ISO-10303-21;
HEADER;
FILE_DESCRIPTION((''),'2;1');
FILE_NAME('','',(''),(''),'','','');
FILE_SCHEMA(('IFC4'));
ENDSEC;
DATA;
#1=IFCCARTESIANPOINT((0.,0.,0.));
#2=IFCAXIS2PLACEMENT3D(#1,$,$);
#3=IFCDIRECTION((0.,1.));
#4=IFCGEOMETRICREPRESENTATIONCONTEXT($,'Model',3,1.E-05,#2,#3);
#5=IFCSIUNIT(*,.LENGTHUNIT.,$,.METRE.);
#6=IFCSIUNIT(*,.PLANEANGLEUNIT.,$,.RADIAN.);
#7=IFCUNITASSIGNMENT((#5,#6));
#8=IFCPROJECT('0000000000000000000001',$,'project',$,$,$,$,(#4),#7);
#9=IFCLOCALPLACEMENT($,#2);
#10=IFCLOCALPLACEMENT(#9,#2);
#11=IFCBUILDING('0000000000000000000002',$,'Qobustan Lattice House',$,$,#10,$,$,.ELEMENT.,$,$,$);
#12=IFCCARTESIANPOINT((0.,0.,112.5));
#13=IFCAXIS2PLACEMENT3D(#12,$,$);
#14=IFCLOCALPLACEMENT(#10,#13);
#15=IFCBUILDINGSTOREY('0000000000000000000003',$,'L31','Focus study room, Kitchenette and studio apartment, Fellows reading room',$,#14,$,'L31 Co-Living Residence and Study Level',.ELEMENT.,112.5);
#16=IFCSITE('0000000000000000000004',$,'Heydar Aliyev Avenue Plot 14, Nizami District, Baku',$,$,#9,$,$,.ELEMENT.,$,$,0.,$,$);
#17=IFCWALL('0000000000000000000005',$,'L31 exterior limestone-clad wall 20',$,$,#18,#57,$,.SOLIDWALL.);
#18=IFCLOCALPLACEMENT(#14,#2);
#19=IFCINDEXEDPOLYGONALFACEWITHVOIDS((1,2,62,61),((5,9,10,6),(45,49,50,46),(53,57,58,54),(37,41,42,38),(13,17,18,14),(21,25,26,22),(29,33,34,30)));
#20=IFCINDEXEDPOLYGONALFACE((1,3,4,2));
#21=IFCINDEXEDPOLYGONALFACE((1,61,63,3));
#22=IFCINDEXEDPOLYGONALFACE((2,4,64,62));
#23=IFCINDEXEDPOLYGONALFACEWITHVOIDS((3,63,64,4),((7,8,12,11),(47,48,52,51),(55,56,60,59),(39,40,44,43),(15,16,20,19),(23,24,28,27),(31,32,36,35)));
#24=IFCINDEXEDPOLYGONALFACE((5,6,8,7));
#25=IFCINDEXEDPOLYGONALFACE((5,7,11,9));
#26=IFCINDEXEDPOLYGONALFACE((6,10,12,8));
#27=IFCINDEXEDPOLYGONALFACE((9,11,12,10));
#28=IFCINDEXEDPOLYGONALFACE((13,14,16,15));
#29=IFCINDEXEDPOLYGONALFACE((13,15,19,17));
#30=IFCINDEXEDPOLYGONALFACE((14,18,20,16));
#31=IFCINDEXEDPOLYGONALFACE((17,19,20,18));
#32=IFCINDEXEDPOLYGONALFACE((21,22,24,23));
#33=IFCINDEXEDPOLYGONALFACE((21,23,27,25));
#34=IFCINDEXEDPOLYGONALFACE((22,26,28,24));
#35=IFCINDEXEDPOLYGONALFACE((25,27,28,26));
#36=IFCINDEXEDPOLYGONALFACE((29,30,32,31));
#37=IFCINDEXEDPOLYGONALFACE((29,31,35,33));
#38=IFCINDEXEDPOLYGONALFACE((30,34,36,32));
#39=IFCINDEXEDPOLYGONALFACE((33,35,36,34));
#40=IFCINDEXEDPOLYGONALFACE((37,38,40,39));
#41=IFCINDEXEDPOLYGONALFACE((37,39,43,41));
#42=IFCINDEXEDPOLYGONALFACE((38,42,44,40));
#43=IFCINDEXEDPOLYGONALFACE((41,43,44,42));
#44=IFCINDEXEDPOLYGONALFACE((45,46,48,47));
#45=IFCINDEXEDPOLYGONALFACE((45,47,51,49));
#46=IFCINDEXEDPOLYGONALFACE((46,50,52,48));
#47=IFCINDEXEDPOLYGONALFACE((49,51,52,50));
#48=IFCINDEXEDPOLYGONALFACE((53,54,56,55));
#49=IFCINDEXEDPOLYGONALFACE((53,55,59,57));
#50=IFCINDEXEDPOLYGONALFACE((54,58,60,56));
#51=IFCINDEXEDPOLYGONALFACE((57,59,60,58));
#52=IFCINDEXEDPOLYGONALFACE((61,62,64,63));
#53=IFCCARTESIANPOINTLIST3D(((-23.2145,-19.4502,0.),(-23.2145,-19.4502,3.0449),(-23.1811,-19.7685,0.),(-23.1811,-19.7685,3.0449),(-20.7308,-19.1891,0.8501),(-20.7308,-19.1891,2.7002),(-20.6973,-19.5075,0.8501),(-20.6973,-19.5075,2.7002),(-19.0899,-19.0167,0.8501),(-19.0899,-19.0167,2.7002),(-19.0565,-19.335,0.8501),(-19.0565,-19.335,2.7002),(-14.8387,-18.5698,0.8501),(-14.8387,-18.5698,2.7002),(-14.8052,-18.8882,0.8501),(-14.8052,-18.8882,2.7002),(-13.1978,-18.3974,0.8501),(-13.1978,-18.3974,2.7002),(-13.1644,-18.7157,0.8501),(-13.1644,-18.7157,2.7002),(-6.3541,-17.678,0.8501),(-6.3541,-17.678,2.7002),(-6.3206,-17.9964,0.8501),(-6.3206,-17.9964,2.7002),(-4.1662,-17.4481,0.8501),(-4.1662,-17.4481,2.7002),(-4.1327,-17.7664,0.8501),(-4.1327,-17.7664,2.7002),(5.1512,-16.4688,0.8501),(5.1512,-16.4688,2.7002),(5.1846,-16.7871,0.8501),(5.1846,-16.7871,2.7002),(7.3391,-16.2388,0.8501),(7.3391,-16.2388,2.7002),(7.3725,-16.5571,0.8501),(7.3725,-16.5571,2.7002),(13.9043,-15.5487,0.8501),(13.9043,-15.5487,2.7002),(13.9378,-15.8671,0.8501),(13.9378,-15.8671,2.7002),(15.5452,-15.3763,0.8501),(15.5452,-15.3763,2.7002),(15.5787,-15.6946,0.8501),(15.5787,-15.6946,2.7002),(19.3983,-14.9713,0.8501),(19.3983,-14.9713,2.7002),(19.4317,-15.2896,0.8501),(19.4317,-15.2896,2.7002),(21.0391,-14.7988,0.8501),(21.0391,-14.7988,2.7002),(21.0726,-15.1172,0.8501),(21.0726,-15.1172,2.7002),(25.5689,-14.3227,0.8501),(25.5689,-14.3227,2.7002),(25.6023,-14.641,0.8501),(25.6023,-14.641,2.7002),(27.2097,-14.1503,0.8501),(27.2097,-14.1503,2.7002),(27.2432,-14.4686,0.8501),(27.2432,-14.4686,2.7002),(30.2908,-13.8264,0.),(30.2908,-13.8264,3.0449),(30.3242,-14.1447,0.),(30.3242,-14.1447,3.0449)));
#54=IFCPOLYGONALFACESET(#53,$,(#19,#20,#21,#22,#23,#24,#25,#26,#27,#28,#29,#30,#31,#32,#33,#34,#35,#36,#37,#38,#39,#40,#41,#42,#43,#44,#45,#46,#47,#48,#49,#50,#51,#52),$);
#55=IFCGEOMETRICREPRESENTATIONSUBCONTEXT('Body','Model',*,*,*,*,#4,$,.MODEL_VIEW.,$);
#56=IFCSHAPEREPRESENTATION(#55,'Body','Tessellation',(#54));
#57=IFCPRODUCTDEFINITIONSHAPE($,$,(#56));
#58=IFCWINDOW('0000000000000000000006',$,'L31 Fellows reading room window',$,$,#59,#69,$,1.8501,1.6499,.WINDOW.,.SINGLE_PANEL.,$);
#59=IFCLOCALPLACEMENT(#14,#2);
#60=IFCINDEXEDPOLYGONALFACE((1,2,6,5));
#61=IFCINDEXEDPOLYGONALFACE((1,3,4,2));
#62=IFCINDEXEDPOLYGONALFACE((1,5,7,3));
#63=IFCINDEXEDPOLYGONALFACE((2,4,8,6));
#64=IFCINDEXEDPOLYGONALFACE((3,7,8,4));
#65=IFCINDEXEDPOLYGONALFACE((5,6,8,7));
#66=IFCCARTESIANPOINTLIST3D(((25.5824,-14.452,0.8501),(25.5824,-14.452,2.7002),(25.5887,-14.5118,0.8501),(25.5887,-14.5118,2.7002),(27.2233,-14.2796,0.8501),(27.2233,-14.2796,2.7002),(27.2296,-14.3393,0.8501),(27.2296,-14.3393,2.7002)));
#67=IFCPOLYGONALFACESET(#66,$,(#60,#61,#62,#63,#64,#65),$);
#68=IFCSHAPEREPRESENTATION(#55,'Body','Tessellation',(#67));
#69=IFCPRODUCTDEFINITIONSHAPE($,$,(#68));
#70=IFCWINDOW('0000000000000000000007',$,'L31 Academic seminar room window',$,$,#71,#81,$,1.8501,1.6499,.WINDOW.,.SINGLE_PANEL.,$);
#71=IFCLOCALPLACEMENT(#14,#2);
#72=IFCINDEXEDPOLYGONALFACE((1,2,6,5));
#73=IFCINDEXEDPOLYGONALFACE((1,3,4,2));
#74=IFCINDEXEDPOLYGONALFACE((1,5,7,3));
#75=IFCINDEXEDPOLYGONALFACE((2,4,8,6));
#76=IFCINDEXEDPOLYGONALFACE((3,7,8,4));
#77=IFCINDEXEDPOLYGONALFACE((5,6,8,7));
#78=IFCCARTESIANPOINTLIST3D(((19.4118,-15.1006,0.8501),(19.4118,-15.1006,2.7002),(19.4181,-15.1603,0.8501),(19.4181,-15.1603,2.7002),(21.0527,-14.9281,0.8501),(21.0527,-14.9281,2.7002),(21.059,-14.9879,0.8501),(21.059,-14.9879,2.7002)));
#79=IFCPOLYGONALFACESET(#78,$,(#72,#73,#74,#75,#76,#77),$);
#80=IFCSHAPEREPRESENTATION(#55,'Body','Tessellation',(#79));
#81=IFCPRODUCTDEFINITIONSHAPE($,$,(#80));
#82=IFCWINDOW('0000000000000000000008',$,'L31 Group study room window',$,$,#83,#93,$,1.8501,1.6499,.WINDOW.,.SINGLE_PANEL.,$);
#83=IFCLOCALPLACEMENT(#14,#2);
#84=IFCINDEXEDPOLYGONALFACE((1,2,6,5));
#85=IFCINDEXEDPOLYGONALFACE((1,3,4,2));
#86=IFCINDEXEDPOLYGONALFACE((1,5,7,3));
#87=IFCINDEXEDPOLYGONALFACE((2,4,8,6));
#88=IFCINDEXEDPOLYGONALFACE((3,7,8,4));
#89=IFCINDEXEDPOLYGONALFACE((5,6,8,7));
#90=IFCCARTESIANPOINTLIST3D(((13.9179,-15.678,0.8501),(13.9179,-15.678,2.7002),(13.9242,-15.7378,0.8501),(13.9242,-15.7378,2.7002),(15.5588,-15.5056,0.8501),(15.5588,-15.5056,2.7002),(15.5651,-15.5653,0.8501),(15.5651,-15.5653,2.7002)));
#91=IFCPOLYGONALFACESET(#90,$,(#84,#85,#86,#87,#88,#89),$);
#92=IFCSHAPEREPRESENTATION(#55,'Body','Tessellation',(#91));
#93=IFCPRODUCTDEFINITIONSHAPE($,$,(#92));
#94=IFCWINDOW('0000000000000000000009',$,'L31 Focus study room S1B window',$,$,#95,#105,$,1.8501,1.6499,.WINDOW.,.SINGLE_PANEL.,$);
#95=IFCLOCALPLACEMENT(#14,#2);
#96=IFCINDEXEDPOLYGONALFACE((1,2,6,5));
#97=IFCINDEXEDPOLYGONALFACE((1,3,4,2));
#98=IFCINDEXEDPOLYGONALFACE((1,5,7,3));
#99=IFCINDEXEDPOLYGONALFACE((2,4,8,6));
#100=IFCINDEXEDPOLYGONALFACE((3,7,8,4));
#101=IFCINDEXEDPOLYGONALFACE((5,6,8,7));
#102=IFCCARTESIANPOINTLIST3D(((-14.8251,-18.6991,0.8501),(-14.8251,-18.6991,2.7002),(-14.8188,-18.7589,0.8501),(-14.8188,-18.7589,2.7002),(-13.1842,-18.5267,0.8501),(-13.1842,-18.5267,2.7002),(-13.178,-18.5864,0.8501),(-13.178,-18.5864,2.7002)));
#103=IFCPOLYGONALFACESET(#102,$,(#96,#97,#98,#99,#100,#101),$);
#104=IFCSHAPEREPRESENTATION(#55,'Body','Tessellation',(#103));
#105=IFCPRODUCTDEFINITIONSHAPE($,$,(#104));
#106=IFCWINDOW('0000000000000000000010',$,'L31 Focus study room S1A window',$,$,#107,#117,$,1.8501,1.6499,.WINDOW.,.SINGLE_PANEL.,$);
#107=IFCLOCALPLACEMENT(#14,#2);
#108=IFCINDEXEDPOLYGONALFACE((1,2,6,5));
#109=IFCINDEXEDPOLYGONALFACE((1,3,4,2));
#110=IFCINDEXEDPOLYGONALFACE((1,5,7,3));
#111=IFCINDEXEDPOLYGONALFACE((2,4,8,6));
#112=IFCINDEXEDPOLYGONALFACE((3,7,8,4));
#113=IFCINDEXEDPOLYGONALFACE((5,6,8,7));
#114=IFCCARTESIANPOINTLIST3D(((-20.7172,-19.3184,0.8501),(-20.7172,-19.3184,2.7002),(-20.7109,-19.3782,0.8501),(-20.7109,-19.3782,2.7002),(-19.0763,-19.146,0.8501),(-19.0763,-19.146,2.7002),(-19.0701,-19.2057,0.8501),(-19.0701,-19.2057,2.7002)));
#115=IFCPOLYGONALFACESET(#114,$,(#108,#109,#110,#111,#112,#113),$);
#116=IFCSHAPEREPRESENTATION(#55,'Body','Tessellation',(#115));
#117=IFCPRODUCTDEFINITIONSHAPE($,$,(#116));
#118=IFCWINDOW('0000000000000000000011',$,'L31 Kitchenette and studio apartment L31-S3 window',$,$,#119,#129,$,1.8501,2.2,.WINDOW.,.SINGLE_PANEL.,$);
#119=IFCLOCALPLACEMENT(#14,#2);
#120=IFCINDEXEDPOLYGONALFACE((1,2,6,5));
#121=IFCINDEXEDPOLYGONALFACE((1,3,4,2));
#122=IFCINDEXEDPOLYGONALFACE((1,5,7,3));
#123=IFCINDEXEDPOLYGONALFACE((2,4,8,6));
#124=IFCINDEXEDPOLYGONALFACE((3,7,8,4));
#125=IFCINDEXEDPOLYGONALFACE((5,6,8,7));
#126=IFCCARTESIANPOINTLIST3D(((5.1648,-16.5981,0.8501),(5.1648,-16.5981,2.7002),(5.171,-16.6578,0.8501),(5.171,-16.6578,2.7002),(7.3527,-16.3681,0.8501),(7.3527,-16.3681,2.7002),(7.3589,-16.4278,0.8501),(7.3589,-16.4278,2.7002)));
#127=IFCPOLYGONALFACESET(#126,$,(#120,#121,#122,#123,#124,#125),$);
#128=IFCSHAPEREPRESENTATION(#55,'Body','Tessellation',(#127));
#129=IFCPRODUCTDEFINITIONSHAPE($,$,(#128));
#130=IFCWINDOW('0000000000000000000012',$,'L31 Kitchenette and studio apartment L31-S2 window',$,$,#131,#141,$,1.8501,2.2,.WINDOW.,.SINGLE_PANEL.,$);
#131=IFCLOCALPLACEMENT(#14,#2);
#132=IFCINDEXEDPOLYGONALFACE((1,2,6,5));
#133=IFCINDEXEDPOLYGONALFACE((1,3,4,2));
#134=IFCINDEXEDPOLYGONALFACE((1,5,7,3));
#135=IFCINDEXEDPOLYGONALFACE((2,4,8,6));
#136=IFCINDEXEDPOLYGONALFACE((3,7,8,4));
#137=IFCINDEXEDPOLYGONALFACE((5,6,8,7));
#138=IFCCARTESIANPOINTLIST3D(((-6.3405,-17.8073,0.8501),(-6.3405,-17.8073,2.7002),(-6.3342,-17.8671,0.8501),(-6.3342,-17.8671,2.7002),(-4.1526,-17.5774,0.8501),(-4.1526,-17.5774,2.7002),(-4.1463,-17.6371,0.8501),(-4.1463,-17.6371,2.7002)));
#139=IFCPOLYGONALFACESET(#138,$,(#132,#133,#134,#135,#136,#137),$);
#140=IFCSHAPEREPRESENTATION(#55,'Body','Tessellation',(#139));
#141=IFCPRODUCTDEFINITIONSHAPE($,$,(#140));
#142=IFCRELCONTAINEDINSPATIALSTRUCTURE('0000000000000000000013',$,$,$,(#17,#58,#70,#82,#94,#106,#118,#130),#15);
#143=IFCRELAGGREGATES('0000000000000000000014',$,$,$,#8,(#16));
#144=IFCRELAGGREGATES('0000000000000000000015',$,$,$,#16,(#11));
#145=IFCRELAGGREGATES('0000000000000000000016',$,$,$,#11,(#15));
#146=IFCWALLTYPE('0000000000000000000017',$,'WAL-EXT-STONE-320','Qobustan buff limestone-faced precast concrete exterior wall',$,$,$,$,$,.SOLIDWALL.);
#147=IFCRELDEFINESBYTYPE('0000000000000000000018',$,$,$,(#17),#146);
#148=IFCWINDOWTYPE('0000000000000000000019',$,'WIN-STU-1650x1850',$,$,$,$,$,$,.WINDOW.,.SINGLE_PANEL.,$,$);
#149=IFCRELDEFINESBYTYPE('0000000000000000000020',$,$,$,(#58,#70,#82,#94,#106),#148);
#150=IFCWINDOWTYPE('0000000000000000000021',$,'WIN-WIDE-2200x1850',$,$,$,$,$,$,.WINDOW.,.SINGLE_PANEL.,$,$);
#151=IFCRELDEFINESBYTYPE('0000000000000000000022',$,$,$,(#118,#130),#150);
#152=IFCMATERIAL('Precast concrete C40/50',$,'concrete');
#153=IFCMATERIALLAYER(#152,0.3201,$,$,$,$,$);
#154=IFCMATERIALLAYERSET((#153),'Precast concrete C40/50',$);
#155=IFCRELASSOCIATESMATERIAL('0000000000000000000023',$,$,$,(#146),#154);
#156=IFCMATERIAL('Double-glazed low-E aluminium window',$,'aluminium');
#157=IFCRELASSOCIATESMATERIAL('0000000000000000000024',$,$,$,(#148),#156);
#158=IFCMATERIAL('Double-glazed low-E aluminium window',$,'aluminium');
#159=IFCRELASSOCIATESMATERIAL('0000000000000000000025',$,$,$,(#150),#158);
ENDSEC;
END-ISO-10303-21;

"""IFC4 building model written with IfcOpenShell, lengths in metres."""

from ifc_helpers import new_model, si_unit, direction, frame, frame_2d, origin, place, context, subcontext, project, spatial, rectangle, extrude, material, layer, layer_set, type_object, element, fill, save


model = new_model("IFC4")

# Units and contexts
model_context = context("Model", 3, precision=1e-05, world=origin(), true_north=direction((0.0, 1.0)))
body_context = subcontext(model_context, "Body", "Model", "MODEL_VIEW")
ifc_project = project(units=[si_unit("LENGTHUNIT", "METRE"), si_unit("PLANEANGLEUNIT", "RADIAN")], contexts=[model_context])

# Site, building, storey
site_placement = place(None, origin())
site = spatial("IfcSite", under=ifc_project, at=site_placement, Name="Heydar Aliyev Avenue Plot 14, Nizami District, Baku", CompositionType="ELEMENT", RefElevation=0.0)
building_placement = place(site_placement, origin())
building = spatial("IfcBuilding", under=site, at=building_placement, Name="Qobustan Lattice House", CompositionType="ELEMENT")
storey_placement = place(building_placement, frame((0.0, 0.0, 112.5)))
storey = spatial("IfcBuildingStorey", under=building, at=storey_placement, Name="L31", Description="Focus study room, Kitchenette and studio apartment, Fellows reading room", LongName="L31 Co-Living Residence and Study Level", CompositionType="ELEMENT", Elevation=112.5)

# Shared definitions
ifc_material_1 = material(Name="Precast concrete C40/50", Category="concrete")
ifc_layer_1 = layer(ifc_material_1, 0.3201)
ifc_layer_set_1 = layer_set([ifc_layer_1], Name="Precast concrete C40/50")
wall_type = type_object("IfcWallType", Name="WAL-EXT-STONE-320", Description="Qobustan buff limestone-faced precast concrete exterior wall", PredefinedType="SOLIDWALL", material=ifc_layer_set_1)

# Wall, openings, windows
wall_1_placement = place(storey_placement, frame((30.3074, -13.9856, 0.0), z_axis=(0.0, 0.0, 1.0), x_axis=(-0.994522, -0.104531, 0.0)))
wall_1 = element("IfcWall", 1, at=wall_1_placement, inside=storey, type_object=wall_type, Name="L31 exterior limestone-clad wall 20", PredefinedType="SOLIDWALL", context=body_context, shape_type="SweptSolid", body=[
    extrude(rectangle(XDim=53.8, YDim=0.3201, at=frame_2d((26.8999, 0.0))), origin(), (0.0, 0.0, 1.0), 3.0449),
])
opening_1_placement = place(wall_1_placement, frame((3.0979, 0.0, 0.8501)))
opening_1 = element("IfcOpeningElement", 2, at=opening_1_placement, cuts=wall_1, PredefinedType="OPENING", context=body_context, shape_type="SweptSolid", body=[
    extrude(rectangle(XDim=1.6499, YDim=1.8501, at=frame_2d((0.825, 0.925))), frame((0.0, 0.1699, 0.0), z_axis=(0.0, -1.0, 0.0), x_axis=(1.0, 0.0, 0.0)), (0.0, 0.0, 1.0), 0.3401),
])
opening_2_placement = place(wall_1_placement, frame((9.3025, 0.0, 0.8501)))
opening_2 = element("IfcOpeningElement", 3, at=opening_2_placement, cuts=wall_1, PredefinedType="OPENING", context=body_context, shape_type="SweptSolid", body=[
    extrude(rectangle(XDim=1.6499, YDim=1.8501, at=frame_2d((0.825, 0.925))), frame((0.0, 0.1699, 0.0), z_axis=(0.0, -1.0, 0.0), x_axis=(1.0, 0.0, 0.0)), (0.0, 0.0, 1.0), 0.3401),
])
opening_3_placement = place(wall_1_placement, frame((14.8267, 0.0, 0.8501)))
opening_3 = element("IfcOpeningElement", 4, at=opening_3_placement, cuts=wall_1, PredefinedType="OPENING", context=body_context, shape_type="SweptSolid", body=[
    extrude(rectangle(XDim=1.6499, YDim=1.8501, at=frame_2d((0.825, 0.925))), frame((0.0, 0.1699, 0.0), z_axis=(0.0, -1.0, 0.0), x_axis=(1.0, 0.0, 0.0)), (0.0, 0.0, 1.0), 0.3401),
])
opening_4_placement = place(wall_1_placement, frame((23.0779, 0.0, 0.8501)))
opening_4 = element("IfcOpeningElement", 5, at=opening_4_placement, cuts=wall_1, PredefinedType="OPENING", context=body_context, shape_type="SweptSolid", body=[
    extrude(rectangle(XDim=2.2, YDim=1.8501, at=frame_2d((1.1001, 0.925))), frame((0.0, 0.1699, 0.0), z_axis=(0.0, -1.0, 0.0), x_axis=(1.0, 0.0, 0.0)), (0.0, 0.0, 1.0), 0.3401),
])
opening_5_placement = place(wall_1_placement, frame((34.6465, 0.0, 0.8501)))
opening_5 = element("IfcOpeningElement", 6, at=opening_5_placement, cuts=wall_1, PredefinedType="OPENING", context=body_context, shape_type="SweptSolid", body=[
    extrude(rectangle(XDim=2.2, YDim=1.8501, at=frame_2d((1.1001, 0.925))), frame((0.0, 0.1699, 0.0), z_axis=(0.0, -1.0, 0.0), x_axis=(1.0, 0.0, 0.0)), (0.0, 0.0, 1.0), 0.3401),
])
opening_6_placement = place(wall_1_placement, frame((43.728, 0.0, 0.8501)))
opening_6 = element("IfcOpeningElement", 7, at=opening_6_placement, cuts=wall_1, PredefinedType="OPENING", context=body_context, shape_type="SweptSolid", body=[
    extrude(rectangle(XDim=1.6499, YDim=1.8501, at=frame_2d((0.825, 0.925))), frame((0.0, 0.1699, 0.0), z_axis=(0.0, -1.0, 0.0), x_axis=(1.0, 0.0, 0.0)), (0.0, 0.0, 1.0), 0.3401),
])
opening_7_placement = place(wall_1_placement, frame((49.6526, 0.0, 0.8501)))
opening_7 = element("IfcOpeningElement", 8, at=opening_7_placement, cuts=wall_1, PredefinedType="OPENING", context=body_context, shape_type="SweptSolid", body=[
    extrude(rectangle(XDim=1.6499, YDim=1.8501, at=frame_2d((0.825, 0.925))), frame((0.0, 0.1699, 0.0), z_axis=(0.0, -1.0, 0.0), x_axis=(1.0, 0.0, 0.0)), (0.0, 0.0, 1.0), 0.3401),
])
ifc_material_2 = material(Name="Double-glazed low-E aluminium window", Category="aluminium")
window_type_1 = type_object("IfcWindowType", Name="WIN-STU-1650x1850", PartitioningType="SINGLE_PANEL", PredefinedType="WINDOW", material=ifc_material_2)
window_1_placement = place(opening_1_placement, origin())
window_1 = element("IfcWindow", 9, at=window_1_placement, inside=storey, type_object=window_type_1, Name="L31 Fellows reading room window", OverallHeight=1.8501, OverallWidth=1.6499, PartitioningType="SINGLE_PANEL", PredefinedType="WINDOW", context=body_context, shape_type="SweptSolid", body=[
    extrude(rectangle(XDim=1.6499, YDim=1.8501, at=frame_2d((0.825, 0.925))), frame((0.0, 0.03, 0.0), z_axis=(0.0, -1.0, 0.0), x_axis=(1.0, 0.0, 0.0)), (0.0, 0.0, 1.0), 0.0601),
])
fill(opening_1, window_1)
window_2_placement = place(opening_2_placement, origin())
window_2 = element("IfcWindow", 10, at=window_2_placement, inside=storey, type_object=window_type_1, Name="L31 Academic seminar room window", OverallHeight=1.8501, OverallWidth=1.6499, PartitioningType="SINGLE_PANEL", PredefinedType="WINDOW", context=body_context, shape_type="SweptSolid", body=[
    extrude(rectangle(XDim=1.6499, YDim=1.8501, at=frame_2d((0.825, 0.925))), frame((0.0, 0.03, 0.0), z_axis=(0.0, -1.0, 0.0), x_axis=(1.0, 0.0, 0.0)), (0.0, 0.0, 1.0), 0.0601),
])
fill(opening_2, window_2)
window_3_placement = place(opening_3_placement, origin())
window_3 = element("IfcWindow", 11, at=window_3_placement, inside=storey, type_object=window_type_1, Name="L31 Group study room window", OverallHeight=1.8501, OverallWidth=1.6499, PartitioningType="SINGLE_PANEL", PredefinedType="WINDOW", context=body_context, shape_type="SweptSolid", body=[
    extrude(rectangle(XDim=1.6499, YDim=1.8501, at=frame_2d((0.825, 0.925))), frame((0.0, 0.03, 0.0), z_axis=(0.0, -1.0, 0.0), x_axis=(1.0, 0.0, 0.0)), (0.0, 0.0, 1.0), 0.0601),
])
fill(opening_3, window_3)
window_4_placement = place(opening_6_placement, origin())
window_4 = element("IfcWindow", 12, at=window_4_placement, inside=storey, type_object=window_type_1, Name="L31 Focus study room S1B window", OverallHeight=1.8501, OverallWidth=1.6499, PartitioningType="SINGLE_PANEL", PredefinedType="WINDOW", context=body_context, shape_type="SweptSolid", body=[
    extrude(rectangle(XDim=1.6499, YDim=1.8501, at=frame_2d((0.825, 0.925))), frame((0.0, 0.03, 0.0), z_axis=(0.0, -1.0, 0.0), x_axis=(1.0, 0.0, 0.0)), (0.0, 0.0, 1.0), 0.0601),
])
fill(opening_6, window_4)
window_5_placement = place(opening_7_placement, origin())
window_5 = element("IfcWindow", 13, at=window_5_placement, inside=storey, type_object=window_type_1, Name="L31 Focus study room S1A window", OverallHeight=1.8501, OverallWidth=1.6499, PartitioningType="SINGLE_PANEL", PredefinedType="WINDOW", context=body_context, shape_type="SweptSolid", body=[
    extrude(rectangle(XDim=1.6499, YDim=1.8501, at=frame_2d((0.825, 0.925))), frame((0.0, 0.03, 0.0), z_axis=(0.0, -1.0, 0.0), x_axis=(1.0, 0.0, 0.0)), (0.0, 0.0, 1.0), 0.0601),
])
fill(opening_7, window_5)
ifc_material_3 = material(Name="Double-glazed low-E aluminium window", Category="aluminium")
window_type_2 = type_object("IfcWindowType", Name="WIN-WIDE-2200x1850", PartitioningType="SINGLE_PANEL", PredefinedType="WINDOW", material=ifc_material_3)
window_6_placement = place(opening_4_placement, origin())
window_6 = element("IfcWindow", 14, at=window_6_placement, inside=storey, type_object=window_type_2, Name="L31 Kitchenette and studio apartment L31-S3 window", OverallHeight=1.8501, OverallWidth=2.2, PartitioningType="SINGLE_PANEL", PredefinedType="WINDOW", context=body_context, shape_type="SweptSolid", body=[
    extrude(rectangle(XDim=2.2, YDim=1.8501, at=frame_2d((1.1001, 0.925))), frame((0.0, 0.03, 0.0), z_axis=(0.0, -1.0, 0.0), x_axis=(1.0, 0.0, 0.0)), (0.0, 0.0, 1.0), 0.0601),
])
fill(opening_4, window_6)
window_7_placement = place(opening_5_placement, origin())
window_7 = element("IfcWindow", 15, at=window_7_placement, inside=storey, type_object=window_type_2, Name="L31 Kitchenette and studio apartment L31-S2 window", OverallHeight=1.8501, OverallWidth=2.2, PartitioningType="SINGLE_PANEL", PredefinedType="WINDOW", context=body_context, shape_type="SweptSolid", body=[
    extrude(rectangle(XDim=2.2, YDim=1.8501, at=frame_2d((1.1001, 0.925))), frame((0.0, 0.03, 0.0), z_axis=(0.0, -1.0, 0.0), x_axis=(1.0, 0.0, 0.0)), (0.0, 0.0, 1.0), 0.0601),
])
fill(opening_5, window_7)

save(model, "model.ifc")
